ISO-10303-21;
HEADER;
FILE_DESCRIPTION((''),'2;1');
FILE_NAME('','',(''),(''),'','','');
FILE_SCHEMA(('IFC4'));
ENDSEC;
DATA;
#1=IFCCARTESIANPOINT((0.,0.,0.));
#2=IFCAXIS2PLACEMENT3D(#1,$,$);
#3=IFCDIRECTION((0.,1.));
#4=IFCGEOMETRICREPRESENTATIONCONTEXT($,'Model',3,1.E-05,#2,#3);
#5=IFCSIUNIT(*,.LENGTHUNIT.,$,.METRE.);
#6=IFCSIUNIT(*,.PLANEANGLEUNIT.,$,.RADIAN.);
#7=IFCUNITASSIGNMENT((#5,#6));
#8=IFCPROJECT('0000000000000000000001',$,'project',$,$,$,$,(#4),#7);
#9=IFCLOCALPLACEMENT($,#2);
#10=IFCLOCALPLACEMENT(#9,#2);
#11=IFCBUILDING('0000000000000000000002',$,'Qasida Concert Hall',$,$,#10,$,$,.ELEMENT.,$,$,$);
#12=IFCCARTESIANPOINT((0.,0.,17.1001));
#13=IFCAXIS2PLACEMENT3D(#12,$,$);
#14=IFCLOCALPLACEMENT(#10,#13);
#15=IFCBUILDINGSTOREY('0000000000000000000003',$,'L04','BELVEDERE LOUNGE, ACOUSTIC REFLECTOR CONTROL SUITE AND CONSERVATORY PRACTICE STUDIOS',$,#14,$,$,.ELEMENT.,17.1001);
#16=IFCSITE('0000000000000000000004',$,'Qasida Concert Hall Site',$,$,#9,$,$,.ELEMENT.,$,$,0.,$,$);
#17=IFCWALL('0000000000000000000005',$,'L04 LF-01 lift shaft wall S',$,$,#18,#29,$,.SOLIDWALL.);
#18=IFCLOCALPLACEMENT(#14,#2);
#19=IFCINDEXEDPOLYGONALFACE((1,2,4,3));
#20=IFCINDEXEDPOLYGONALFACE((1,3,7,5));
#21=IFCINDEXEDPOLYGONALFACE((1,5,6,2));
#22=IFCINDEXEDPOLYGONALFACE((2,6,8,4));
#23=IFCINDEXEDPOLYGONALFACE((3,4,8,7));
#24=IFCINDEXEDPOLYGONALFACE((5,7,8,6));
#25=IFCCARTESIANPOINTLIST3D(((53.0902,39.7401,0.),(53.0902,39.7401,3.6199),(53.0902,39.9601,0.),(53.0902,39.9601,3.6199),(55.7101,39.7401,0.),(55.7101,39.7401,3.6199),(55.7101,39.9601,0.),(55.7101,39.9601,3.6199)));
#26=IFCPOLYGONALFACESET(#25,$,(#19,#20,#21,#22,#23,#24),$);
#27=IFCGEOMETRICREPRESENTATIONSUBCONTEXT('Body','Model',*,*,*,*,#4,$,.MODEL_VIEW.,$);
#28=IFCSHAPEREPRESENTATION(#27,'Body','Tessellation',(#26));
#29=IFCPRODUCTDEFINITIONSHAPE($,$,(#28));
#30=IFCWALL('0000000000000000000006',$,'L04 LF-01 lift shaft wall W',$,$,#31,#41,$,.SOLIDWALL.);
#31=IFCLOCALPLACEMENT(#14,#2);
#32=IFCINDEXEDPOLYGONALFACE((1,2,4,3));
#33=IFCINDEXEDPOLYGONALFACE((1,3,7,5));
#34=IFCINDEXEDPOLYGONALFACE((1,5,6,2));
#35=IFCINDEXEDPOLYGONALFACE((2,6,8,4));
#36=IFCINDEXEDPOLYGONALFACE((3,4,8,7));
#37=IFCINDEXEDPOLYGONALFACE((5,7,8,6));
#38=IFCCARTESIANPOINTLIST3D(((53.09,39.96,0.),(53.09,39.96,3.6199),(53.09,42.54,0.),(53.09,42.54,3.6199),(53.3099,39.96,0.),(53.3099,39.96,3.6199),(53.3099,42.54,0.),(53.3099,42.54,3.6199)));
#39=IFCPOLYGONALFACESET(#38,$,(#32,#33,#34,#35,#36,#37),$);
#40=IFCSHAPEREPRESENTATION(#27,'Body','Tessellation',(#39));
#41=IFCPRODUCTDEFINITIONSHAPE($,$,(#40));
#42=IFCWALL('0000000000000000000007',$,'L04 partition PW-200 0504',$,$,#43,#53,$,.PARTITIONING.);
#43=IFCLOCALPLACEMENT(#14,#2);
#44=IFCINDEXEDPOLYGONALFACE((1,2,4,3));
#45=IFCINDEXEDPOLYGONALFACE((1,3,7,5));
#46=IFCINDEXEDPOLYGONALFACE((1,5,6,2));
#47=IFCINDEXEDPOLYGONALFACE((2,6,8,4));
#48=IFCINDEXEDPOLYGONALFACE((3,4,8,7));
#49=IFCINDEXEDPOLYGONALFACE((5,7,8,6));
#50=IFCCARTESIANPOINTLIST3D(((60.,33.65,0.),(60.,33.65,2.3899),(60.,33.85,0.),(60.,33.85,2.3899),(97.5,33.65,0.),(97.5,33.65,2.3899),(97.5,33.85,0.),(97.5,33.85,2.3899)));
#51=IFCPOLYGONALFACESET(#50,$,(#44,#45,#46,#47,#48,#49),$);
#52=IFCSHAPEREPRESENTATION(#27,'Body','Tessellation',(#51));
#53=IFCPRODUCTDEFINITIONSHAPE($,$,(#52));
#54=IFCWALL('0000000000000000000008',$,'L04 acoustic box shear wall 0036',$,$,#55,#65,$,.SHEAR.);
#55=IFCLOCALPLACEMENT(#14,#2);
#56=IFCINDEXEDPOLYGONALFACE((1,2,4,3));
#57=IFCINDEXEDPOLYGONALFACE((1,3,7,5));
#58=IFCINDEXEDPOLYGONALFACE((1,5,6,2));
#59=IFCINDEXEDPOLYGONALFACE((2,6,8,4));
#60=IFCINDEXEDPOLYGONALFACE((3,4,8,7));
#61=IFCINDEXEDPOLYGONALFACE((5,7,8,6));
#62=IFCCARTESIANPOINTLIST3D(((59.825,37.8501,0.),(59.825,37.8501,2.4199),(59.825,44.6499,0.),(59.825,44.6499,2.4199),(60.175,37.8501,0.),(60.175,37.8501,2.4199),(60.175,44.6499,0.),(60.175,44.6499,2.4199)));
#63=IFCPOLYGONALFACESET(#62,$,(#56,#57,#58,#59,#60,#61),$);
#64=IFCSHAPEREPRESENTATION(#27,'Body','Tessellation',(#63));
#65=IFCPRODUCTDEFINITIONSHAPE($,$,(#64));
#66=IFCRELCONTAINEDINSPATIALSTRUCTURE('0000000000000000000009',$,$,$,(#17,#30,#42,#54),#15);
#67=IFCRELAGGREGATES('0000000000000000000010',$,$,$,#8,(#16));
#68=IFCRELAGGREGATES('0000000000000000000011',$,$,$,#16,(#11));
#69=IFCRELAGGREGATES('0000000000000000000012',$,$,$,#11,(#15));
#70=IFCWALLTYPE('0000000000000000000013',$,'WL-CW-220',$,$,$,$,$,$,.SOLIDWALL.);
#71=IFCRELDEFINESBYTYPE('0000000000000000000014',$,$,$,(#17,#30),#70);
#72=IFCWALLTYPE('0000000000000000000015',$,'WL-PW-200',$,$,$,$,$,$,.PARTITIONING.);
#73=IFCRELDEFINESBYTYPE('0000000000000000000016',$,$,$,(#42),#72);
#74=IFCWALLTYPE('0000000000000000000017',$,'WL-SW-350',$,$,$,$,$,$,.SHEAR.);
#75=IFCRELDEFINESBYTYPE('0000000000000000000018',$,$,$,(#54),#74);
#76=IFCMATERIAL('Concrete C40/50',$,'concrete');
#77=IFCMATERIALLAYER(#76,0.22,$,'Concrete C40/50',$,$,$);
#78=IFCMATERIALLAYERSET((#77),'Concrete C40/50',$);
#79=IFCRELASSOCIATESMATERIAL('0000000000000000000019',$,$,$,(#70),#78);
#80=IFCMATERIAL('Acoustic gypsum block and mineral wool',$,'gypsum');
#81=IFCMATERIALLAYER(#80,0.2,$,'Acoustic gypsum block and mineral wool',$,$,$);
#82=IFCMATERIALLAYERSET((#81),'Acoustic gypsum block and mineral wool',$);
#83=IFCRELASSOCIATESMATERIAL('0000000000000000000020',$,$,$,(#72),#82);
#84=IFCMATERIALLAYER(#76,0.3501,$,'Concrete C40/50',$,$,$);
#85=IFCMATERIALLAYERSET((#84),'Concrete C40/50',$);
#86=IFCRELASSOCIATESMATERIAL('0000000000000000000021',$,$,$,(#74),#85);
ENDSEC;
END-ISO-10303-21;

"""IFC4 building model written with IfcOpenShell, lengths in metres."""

from ifc_helpers import new_model, si_unit, direction, frame, frame_2d, origin, place, context, subcontext, project, spatial, rectangle, extrude, material, layer, layer_set, type_object, element, save


model = new_model("IFC4")

# Units and contexts
model_context = context("Model", 3, precision=1e-05, world=origin(), true_north=direction((0.0, 1.0)))
body_context = subcontext(model_context, "Body", "Model", "MODEL_VIEW")
ifc_project = project(units=[si_unit("LENGTHUNIT", "METRE"), si_unit("PLANEANGLEUNIT", "RADIAN")], contexts=[model_context])

# Site, building, storey
site_placement = place(None, origin())
site = spatial("IfcSite", under=ifc_project, at=site_placement, Name="Qasida Concert Hall Site", CompositionType="ELEMENT", RefElevation=0.0)
building_placement = place(site_placement, origin())
building = spatial("IfcBuilding", under=site, at=building_placement, Name="Qasida Concert Hall", CompositionType="ELEMENT")
storey_placement = place(building_placement, frame((0.0, 0.0, 17.1001)))
storey = spatial("IfcBuildingStorey", under=building, at=storey_placement, Name="L04", Description="BELVEDERE LOUNGE, ACOUSTIC REFLECTOR CONTROL SUITE AND CONSERVATORY PRACTICE STUDIOS", CompositionType="ELEMENT", Elevation=17.1001)

# Shared definitions
ifc_material_1 = material(Name="Concrete C40/50", Category="concrete")

# Walls
ifc_layer_1 = layer(ifc_material_1, 0.22, Name="Concrete C40/50")
ifc_layer_set_1 = layer_set([ifc_layer_1], Name="Concrete C40/50")
wall_type_1 = type_object("IfcWallType", Name="WL-CW-220", PredefinedType="SOLIDWALL", material=ifc_layer_set_1)
wall_1_placement = place(storey_placement, frame((53.0901, 39.8501, 0.0), z_axis=(0.0, 0.0, 1.0), x_axis=(1.0, 0.0, 0.0)))
element("IfcWall", 1, at=wall_1_placement, inside=storey, type_object=wall_type_1, Name="L04 LF-01 lift shaft wall S", PredefinedType="SOLIDWALL", context=body_context, shape_type="SweptSolid", body=[
    extrude(rectangle(XDim=2.6199, YDim=0.22, at=frame_2d((1.3101, 0.0))), origin(), (0.0, 0.0, 1.0), 3.6199),
])
wall_2_placement = place(storey_placement, frame((53.2, 39.96, 0.0), z_axis=(0.0, 0.0, 1.0), x_axis=(0.0, 1.0, 0.0)))
element("IfcWall", 2, at=wall_2_placement, inside=storey, type_object=wall_type_1, Name="L04 LF-01 lift shaft wall W", PredefinedType="SOLIDWALL", context=body_context, shape_type="SweptSolid", body=[
    extrude(rectangle(XDim=2.5801, YDim=0.22, at=frame_2d((1.29, 0.0))), origin(), (0.0, 0.0, 1.0), 3.6199),
])

# Walls
ifc_material_2 = material(Name="Acoustic gypsum block and mineral wool", Category="gypsum")
ifc_layer_2 = layer(ifc_material_2, 0.2, Name="Acoustic gypsum block and mineral wool")
ifc_layer_set_2 = layer_set([ifc_layer_2], Name="Acoustic gypsum block and mineral wool")
wall_type_2 = type_object("IfcWallType", Name="WL-PW-200", PredefinedType="PARTITIONING", material=ifc_layer_set_2)
wall_3_placement = place(storey_placement, frame((60.0, 33.75, 0.0), z_axis=(0.0, 0.0, 1.0), x_axis=(1.0, 0.0, 0.0)))
element("IfcWall", 3, at=wall_3_placement, inside=storey, type_object=wall_type_2, Name="L04 partition PW-200 0504", PredefinedType="PARTITIONING", context=body_context, shape_type="SweptSolid", body=[
    extrude(rectangle(XDim=37.5, YDim=0.2, at=frame_2d((18.75, 0.0))), origin(), (0.0, 0.0, 1.0), 2.3899),
])
ifc_layer_3 = layer(ifc_material_1, 0.3501, Name="Concrete C40/50")
ifc_layer_set_3 = layer_set([ifc_layer_3], Name="Concrete C40/50")
wall_type_3 = type_object("IfcWallType", Name="WL-SW-350", PredefinedType="SHEAR", material=ifc_layer_set_3)
wall_4_placement = place(storey_placement, frame((60.0, 37.8501, 0.0), z_axis=(0.0, 0.0, 1.0), x_axis=(0.0, 1.0, 0.0)))
element("IfcWall", 4, at=wall_4_placement, inside=storey, type_object=wall_type_3, Name="L04 acoustic box shear wall 0036", PredefinedType="SHEAR", context=body_context, shape_type="SweptSolid", body=[
    extrude(rectangle(XDim=6.7998, YDim=0.3501, at=frame_2d((3.3999, 0.0))), origin(), (0.0, 0.0, 1.0), 2.4199),
])

save(model, "model.ifc")
